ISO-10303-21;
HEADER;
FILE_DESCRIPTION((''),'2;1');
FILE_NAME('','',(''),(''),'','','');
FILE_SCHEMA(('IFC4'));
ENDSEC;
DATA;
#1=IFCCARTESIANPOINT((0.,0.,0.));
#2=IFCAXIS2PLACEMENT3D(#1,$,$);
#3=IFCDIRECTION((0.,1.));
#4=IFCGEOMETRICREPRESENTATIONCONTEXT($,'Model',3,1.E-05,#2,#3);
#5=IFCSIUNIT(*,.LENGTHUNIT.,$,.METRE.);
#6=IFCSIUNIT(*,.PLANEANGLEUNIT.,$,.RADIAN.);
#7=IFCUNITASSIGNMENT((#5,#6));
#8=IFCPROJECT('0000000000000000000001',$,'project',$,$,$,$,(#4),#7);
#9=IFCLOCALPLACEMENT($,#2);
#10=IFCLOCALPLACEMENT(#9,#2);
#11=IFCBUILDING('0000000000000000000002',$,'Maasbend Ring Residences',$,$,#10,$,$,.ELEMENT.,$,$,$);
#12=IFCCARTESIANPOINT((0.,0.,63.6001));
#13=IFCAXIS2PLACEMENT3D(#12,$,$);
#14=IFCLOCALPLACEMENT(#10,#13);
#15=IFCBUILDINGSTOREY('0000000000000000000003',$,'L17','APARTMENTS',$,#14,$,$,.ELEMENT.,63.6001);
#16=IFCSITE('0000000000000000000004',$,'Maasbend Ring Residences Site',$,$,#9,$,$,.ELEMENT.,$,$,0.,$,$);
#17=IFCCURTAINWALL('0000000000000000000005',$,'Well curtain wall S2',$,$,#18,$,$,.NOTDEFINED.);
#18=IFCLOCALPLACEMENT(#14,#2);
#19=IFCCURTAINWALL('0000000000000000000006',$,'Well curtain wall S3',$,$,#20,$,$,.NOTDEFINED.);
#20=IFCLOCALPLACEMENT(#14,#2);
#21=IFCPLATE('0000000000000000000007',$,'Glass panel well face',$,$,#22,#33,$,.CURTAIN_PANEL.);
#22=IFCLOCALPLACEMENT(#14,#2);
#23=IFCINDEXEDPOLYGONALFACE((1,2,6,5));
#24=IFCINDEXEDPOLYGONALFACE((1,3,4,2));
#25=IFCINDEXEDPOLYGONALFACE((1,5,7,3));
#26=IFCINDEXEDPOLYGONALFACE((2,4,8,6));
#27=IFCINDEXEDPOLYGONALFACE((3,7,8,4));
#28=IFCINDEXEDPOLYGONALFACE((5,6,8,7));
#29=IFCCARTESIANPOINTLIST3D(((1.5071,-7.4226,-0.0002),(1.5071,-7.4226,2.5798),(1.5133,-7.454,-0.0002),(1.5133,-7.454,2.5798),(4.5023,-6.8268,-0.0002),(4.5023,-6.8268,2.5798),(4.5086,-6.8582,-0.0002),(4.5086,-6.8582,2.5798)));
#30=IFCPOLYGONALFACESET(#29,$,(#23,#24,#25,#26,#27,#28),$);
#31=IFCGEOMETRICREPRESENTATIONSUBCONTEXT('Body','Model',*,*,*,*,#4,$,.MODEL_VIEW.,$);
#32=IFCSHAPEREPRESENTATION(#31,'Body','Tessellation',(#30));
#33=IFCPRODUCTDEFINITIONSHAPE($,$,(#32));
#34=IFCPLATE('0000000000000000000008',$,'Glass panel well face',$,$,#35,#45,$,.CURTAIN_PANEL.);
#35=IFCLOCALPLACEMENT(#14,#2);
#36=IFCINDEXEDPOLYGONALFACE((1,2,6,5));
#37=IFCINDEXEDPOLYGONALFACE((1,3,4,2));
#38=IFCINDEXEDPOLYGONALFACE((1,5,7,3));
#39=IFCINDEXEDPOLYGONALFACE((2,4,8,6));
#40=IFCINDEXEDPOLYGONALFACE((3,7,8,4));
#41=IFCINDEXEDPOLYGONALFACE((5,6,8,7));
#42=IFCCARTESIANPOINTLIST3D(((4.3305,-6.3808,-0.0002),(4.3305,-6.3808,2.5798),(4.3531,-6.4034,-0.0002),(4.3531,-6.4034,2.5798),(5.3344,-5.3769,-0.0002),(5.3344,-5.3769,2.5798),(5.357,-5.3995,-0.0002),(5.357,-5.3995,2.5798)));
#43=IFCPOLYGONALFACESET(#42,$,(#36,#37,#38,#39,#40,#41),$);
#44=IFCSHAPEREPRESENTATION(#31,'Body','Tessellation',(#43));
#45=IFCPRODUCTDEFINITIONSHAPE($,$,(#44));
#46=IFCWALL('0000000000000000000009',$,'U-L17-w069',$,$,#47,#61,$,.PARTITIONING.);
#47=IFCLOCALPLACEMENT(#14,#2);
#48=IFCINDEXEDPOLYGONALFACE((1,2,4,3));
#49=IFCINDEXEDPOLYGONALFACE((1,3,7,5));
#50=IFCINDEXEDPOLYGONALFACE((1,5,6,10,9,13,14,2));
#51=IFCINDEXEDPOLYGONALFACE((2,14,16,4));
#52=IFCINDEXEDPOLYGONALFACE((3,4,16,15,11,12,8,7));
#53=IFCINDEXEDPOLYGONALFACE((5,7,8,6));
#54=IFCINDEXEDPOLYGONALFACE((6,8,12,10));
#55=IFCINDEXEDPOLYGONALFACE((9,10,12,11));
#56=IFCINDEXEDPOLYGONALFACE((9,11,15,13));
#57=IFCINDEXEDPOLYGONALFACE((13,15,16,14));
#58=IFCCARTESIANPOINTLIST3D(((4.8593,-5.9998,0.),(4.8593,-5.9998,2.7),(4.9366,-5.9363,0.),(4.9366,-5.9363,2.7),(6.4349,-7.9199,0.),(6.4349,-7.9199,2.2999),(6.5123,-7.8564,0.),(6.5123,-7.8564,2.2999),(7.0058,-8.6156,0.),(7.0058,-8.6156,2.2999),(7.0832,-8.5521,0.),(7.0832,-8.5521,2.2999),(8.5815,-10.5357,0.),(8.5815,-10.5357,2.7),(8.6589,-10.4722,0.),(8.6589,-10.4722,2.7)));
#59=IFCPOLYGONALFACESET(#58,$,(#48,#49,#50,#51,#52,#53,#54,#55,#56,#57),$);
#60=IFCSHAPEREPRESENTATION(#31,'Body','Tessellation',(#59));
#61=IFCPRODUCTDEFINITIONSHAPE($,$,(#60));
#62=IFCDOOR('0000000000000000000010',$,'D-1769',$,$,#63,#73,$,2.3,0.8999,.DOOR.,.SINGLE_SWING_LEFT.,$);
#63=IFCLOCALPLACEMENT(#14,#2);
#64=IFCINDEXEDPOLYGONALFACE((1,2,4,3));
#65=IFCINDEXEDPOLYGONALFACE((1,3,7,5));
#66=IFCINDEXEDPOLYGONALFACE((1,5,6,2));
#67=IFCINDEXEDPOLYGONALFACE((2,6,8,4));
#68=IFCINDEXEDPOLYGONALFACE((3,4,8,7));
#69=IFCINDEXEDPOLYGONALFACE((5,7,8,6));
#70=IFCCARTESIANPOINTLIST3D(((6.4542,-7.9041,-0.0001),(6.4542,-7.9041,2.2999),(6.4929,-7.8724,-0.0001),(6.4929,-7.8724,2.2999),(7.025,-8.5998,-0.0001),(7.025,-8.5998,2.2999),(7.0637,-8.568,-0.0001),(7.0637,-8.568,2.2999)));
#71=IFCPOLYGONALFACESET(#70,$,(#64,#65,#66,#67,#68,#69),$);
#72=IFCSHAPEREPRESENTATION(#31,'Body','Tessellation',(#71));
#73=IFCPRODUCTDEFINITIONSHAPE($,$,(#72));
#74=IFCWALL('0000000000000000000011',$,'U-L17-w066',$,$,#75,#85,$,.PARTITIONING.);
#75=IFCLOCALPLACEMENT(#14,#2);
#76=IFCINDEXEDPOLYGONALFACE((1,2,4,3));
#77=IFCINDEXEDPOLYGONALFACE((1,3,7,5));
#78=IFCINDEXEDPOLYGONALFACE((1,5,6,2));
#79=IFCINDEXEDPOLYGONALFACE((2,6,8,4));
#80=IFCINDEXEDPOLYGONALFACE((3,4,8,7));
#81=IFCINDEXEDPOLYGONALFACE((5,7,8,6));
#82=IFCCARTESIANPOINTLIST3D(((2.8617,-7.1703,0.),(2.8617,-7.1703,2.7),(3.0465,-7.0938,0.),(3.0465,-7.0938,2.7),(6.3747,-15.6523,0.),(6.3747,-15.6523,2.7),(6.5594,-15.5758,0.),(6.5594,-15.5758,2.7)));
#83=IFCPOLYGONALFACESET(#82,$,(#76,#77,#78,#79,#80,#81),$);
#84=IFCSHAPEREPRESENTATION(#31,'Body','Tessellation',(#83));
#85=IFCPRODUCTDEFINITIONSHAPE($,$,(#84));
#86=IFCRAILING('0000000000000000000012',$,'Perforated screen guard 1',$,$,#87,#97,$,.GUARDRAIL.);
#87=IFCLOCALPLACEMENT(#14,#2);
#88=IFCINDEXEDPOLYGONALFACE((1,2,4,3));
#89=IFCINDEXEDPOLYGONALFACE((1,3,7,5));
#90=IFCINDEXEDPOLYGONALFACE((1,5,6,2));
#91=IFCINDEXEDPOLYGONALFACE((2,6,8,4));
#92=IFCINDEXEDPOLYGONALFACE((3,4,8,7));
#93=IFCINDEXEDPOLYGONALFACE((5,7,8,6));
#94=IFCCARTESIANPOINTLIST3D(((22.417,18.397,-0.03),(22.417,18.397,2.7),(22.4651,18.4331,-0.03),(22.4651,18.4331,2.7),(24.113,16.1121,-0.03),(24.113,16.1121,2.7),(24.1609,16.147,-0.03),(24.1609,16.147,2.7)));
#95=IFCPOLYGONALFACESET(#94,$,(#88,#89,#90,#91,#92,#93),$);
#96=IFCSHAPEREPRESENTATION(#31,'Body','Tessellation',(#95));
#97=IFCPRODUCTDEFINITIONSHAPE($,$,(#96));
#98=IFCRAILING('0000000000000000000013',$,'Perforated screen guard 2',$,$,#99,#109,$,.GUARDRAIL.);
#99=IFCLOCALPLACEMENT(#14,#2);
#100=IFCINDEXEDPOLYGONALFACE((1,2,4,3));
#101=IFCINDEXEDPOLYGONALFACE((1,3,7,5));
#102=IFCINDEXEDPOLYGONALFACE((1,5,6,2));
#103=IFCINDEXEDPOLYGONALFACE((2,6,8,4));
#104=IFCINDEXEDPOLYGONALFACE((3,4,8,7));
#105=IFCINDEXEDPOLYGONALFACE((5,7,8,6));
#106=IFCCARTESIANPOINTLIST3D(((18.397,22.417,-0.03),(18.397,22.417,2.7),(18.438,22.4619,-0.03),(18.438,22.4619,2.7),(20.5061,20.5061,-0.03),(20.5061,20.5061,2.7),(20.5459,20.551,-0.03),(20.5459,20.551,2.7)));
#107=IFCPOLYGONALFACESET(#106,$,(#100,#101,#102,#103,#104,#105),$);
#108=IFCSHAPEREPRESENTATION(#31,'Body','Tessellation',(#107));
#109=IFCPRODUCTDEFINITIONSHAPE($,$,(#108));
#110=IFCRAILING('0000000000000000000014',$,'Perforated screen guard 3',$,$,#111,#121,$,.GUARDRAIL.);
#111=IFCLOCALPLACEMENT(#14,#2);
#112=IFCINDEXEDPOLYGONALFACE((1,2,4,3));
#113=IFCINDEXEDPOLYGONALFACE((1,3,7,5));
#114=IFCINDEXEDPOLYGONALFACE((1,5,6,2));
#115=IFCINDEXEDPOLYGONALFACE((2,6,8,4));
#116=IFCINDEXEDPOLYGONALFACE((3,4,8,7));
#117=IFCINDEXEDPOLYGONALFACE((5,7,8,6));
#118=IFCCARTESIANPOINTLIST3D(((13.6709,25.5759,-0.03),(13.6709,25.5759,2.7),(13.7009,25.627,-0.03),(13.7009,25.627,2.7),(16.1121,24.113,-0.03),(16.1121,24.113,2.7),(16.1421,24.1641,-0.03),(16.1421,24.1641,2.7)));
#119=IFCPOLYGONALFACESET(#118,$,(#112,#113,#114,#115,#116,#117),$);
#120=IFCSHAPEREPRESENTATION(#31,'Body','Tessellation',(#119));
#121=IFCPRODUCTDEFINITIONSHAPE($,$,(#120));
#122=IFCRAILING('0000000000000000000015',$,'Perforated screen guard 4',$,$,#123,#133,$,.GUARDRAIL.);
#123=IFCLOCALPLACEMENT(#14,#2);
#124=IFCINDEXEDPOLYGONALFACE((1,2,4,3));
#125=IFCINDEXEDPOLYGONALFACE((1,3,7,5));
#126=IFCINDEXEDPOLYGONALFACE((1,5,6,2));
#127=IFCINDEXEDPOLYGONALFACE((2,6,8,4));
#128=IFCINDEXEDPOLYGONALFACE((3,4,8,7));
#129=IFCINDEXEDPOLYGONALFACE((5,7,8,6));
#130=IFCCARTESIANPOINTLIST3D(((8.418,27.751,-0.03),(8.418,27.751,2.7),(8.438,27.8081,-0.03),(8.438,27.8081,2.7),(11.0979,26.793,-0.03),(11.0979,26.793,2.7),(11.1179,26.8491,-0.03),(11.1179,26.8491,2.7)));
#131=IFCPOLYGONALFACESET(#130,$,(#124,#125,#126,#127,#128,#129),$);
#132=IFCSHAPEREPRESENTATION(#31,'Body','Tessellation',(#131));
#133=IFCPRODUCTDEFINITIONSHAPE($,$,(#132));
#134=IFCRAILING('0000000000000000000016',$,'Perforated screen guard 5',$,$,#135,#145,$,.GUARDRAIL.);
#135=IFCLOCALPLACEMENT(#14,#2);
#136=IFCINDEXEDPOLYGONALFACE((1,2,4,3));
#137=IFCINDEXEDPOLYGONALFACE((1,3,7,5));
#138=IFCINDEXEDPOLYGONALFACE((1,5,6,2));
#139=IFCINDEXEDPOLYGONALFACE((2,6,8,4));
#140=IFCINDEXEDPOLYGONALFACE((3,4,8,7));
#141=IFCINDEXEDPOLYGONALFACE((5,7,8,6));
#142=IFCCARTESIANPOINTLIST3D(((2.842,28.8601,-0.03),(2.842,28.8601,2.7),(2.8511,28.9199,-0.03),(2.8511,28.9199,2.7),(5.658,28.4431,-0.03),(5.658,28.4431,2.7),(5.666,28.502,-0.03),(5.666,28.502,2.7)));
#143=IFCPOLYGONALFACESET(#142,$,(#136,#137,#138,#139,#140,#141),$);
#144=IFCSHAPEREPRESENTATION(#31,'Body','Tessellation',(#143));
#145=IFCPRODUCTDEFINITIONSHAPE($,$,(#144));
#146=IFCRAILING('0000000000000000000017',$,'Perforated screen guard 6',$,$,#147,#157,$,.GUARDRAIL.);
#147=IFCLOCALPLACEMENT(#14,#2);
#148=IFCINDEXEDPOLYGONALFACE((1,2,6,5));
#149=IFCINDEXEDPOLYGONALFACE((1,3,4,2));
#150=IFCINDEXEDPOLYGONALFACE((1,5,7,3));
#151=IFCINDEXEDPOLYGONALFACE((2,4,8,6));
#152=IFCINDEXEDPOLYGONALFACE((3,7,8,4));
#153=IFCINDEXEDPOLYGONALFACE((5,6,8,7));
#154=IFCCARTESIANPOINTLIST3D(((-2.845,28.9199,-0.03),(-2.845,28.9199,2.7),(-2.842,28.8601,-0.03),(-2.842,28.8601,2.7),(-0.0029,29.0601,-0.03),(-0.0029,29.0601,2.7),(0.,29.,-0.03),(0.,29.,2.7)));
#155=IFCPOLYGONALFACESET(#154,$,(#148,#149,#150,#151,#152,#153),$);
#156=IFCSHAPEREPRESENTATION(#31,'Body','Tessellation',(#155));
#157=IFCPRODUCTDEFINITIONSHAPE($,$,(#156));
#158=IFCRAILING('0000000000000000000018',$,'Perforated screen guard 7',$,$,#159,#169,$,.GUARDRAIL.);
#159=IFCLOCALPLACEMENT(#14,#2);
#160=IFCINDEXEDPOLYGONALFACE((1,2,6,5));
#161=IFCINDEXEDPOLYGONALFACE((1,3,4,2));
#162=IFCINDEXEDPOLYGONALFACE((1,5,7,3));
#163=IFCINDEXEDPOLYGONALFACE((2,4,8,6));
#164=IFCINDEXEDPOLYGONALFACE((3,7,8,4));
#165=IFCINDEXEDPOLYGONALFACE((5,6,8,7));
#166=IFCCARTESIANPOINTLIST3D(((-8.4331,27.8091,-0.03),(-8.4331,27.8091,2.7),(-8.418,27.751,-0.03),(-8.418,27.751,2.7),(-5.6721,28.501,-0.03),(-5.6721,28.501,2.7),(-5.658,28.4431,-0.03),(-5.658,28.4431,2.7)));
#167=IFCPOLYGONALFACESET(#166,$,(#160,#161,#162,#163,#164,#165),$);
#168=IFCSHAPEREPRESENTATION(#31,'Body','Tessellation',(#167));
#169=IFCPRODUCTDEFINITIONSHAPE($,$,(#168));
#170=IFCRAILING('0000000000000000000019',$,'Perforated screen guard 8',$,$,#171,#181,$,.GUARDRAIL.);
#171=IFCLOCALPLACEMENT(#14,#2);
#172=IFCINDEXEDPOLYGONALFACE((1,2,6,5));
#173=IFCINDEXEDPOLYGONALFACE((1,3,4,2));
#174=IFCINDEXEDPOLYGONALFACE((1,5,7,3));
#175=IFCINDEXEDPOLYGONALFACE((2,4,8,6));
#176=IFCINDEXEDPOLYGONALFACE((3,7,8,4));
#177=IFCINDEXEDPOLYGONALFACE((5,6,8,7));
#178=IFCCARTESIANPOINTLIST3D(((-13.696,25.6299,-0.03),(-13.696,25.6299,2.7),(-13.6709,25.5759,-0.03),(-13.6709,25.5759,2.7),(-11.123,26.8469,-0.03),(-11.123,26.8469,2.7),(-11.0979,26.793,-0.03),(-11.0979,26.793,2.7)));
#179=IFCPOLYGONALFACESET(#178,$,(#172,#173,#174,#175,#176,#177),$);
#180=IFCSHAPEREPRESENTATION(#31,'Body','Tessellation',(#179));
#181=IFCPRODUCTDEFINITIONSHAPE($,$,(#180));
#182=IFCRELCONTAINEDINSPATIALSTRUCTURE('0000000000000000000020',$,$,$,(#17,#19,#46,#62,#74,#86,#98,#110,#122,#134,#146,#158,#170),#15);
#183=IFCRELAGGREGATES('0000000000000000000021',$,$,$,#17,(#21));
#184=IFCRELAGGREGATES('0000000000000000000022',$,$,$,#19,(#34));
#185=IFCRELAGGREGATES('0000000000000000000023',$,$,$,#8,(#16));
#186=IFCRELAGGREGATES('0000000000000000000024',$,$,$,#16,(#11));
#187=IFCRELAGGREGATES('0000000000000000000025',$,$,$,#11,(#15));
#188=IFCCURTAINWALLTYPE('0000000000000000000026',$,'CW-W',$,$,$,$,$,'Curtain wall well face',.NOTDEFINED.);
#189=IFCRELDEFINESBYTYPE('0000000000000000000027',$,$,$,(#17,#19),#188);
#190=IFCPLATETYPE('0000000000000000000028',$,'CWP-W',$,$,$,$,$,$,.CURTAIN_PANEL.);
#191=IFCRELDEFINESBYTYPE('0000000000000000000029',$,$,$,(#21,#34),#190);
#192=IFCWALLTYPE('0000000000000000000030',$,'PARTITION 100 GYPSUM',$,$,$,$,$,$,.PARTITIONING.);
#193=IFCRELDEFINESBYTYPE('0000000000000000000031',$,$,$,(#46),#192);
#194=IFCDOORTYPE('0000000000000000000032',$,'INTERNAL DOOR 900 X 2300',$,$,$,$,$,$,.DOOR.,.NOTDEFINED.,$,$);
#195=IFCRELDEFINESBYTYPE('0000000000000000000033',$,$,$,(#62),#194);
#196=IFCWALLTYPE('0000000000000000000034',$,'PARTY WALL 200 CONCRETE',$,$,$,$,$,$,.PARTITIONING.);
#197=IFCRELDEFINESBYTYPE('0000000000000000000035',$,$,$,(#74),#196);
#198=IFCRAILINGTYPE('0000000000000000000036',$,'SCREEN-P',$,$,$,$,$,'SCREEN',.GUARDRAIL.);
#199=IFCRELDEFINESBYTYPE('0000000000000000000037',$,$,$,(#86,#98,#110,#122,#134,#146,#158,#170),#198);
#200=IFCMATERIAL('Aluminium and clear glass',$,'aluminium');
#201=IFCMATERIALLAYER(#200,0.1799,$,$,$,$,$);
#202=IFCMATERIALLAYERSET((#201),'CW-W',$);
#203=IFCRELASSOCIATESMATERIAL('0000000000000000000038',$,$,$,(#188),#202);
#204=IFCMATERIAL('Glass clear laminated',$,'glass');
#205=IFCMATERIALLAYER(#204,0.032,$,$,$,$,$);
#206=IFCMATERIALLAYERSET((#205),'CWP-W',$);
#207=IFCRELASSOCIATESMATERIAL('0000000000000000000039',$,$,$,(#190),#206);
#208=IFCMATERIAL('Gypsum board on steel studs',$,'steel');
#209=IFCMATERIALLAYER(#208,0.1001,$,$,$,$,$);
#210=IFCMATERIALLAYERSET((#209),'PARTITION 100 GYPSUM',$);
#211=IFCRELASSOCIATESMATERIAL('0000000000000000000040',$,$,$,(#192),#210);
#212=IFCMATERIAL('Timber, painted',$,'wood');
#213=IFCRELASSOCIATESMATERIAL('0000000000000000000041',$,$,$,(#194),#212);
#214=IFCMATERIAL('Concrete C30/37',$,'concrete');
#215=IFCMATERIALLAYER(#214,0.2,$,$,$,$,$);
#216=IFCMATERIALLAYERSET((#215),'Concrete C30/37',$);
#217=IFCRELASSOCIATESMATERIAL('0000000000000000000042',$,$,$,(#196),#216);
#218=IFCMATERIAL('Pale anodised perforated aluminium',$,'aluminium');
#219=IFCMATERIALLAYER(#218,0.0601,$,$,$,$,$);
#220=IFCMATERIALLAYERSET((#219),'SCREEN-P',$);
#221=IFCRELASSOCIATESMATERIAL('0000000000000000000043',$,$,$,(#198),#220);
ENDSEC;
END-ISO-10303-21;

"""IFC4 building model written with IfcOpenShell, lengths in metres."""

from ifc_helpers import new_model, si_unit, direction, frame, frame_2d, origin, origin_2d, place, context, subcontext, project, spatial, polyline, rectangle, outline, extrude, material, layer, layer_set, type_object, element, fill, aggregate, save


model = new_model("IFC4")

# Units and contexts
model_context = context("Model", 3, precision=1e-05, world=origin(), true_north=direction((0.0, 1.0)))
body_context = subcontext(model_context, "Body", "Model", "MODEL_VIEW")
ifc_project = project(units=[si_unit("LENGTHUNIT", "METRE"), si_unit("PLANEANGLEUNIT", "RADIAN")], contexts=[model_context])

# Site, building, storey
site_placement = place(None, origin())
site = spatial("IfcSite", under=ifc_project, at=site_placement, Name="Maasbend Ring Residences Site", CompositionType="ELEMENT", RefElevation=0.0)
building_placement = place(site_placement, origin())
building = spatial("IfcBuilding", under=site, at=building_placement, Name="Maasbend Ring Residences", CompositionType="ELEMENT")
storey_placement = place(building_placement, frame((0.0, 0.0, 63.6001)))
storey = spatial("IfcBuildingStorey", under=building, at=storey_placement, Name="L17", Description="APARTMENTS", CompositionType="ELEMENT", Elevation=63.6001)

# Curtain walls
ifc_material_1 = material(Name="Aluminium and clear glass", Category="aluminium")
ifc_layer_1 = layer(ifc_material_1, 0.1799)
ifc_layer_set_1 = layer_set([ifc_layer_1], Name="CW-W")
curtain_wall_type = type_object("IfcCurtainWallType", Name="CW-W", ElementType="Curtain wall well face", PredefinedType="NOTDEFINED", material=ifc_layer_set_1)
curtain_wall_1_placement = place(storey_placement, origin())
curtain_wall_1 = element("IfcCurtainWall", 1, at=curtain_wall_1_placement, inside=storey, type_object=curtain_wall_type, Name="Well curtain wall S2", PredefinedType="NOTDEFINED")
curtain_wall_2_placement = place(storey_placement, origin())
curtain_wall_2 = element("IfcCurtainWall", 2, at=curtain_wall_2_placement, inside=storey, type_object=curtain_wall_type, Name="Well curtain wall S3", PredefinedType="NOTDEFINED")

# Plates
ifc_material_2 = material(Name="Glass clear laminated", Category="glass")
ifc_layer_2 = layer(ifc_material_2, 0.032)
ifc_layer_set_2 = layer_set([ifc_layer_2], Name="CWP-W")
plate_type = type_object("IfcPlateType", Name="CWP-W", PredefinedType="CURTAIN_PANEL", material=ifc_layer_set_2)
plate_1_placement = place(storey_placement, frame((3.0078, -7.1404, -0.0002), z_axis=(0.0, 0.0, 1.0), x_axis=(0.980785, 0.19509, 0.0)))
plate_1 = element("IfcPlate", 3, at=plate_1_placement, type_object=plate_type, Name="Glass panel well face", PredefinedType="CURTAIN_PANEL", context=body_context, shape_type="SweptSolid", body=[
    extrude(rectangle(XDim=3.054, YDim=0.032, at=origin_2d()), origin(), (0.0, 0.0, 1.0), 2.5801),
])
aggregate(curtain_wall_1, [plate_1])
plate_2_placement = place(storey_placement, frame((4.8438, -5.8901, -0.0002), z_axis=(0.0, 0.0, 1.0), x_axis=(0.707107, 0.707107, 0.0)))
plate_2 = element("IfcPlate", 4, at=plate_2_placement, type_object=plate_type, Name="Glass panel well face", PredefinedType="CURTAIN_PANEL", context=body_context, shape_type="SweptSolid", body=[
    extrude(rectangle(XDim=1.4197, YDim=0.032, at=origin_2d()), origin(), (0.0, 0.0, 1.0), 2.5801),
])
aggregate(curtain_wall_2, [plate_2])

# Wall, opening, door
ifc_material_3 = material(Name="Gypsum board on steel studs", Category="steel")
ifc_layer_3 = layer(ifc_material_3, 0.1001)
ifc_layer_set_3 = layer_set([ifc_layer_3], Name="PARTITION 100 GYPSUM")
wall_type_1 = type_object("IfcWallType", Name="PARTITION 100 GYPSUM", PredefinedType="PARTITIONING", material=ifc_layer_set_3)
wall_1_placement = place(storey_placement, frame((4.8979, -5.968, 0.0), z_axis=(0.0, 0.0, 1.0), x_axis=(0.634359, -0.773039, 0.0)))
wall_1 = element("IfcWall", 5, at=wall_1_placement, inside=storey, type_object=wall_type_1, Name="U-L17-w069", PredefinedType="PARTITIONING", context=body_context, shape_type="SweptSolid", body=[
    extrude(rectangle(XDim=5.8677, YDim=0.1001, at=frame_2d((2.9338, 0.0))), origin(), (0.0, 0.0, 1.0), 2.7),
])
opening_placement = place(wall_1_placement, frame((2.4839, 0.0, 0.0)))
opening = element("IfcOpeningElement", 6, at=opening_placement, cuts=wall_1, PredefinedType="OPENING", context=body_context, shape_type="SweptSolid", body=[
    extrude(rectangle(XDim=0.8999, YDim=2.3, at=frame_2d((0.45, 1.1499))), frame((0.0, 0.0601, 0.0), z_axis=(0.0, -1.0, 0.0), x_axis=(1.0, 0.0, 0.0)), (0.0, 0.0, 1.0), 0.1201),
])
ifc_material_4 = material(Name="Timber, painted", Category="wood")
door_type = type_object("IfcDoorType", Name="INTERNAL DOOR 900 X 2300", OperationType="NOTDEFINED", PredefinedType="DOOR", material=ifc_material_4)
door_placement = place(opening_placement, origin())
door = element("IfcDoor", 7, at=door_placement, inside=storey, type_object=door_type, Name="D-1769", OperationType="SINGLE_SWING_LEFT", OverallHeight=2.3, OverallWidth=0.8999, PredefinedType="DOOR", context=body_context, shape_type="SweptSolid", body=[
    extrude(rectangle(XDim=0.8999, YDim=2.3, at=frame_2d((0.45, 1.1499))), frame((0.0, 0.0249, 0.0), z_axis=(0.0, -1.0, 0.0), x_axis=(1.0, 0.0, 0.0)), (0.0, 0.0, 1.0), 0.05),
])
fill(opening, door)

# Wall
ifc_material_5 = material(Name="Concrete C30/37", Category="concrete")
ifc_layer_4 = layer(ifc_material_5, 0.2)
ifc_layer_set_4 = layer_set([ifc_layer_4], Name="Concrete C30/37")
wall_type_2 = type_object("IfcWallType", Name="PARTY WALL 200 CONCRETE", PredefinedType="PARTITIONING", material=ifc_layer_set_4)
wall_2_placement = place(storey_placement, frame((2.9541, -7.1321, 0.0), z_axis=(0.0, 0.0, 1.0), x_axis=(0.382647, -0.923895, 0.0)))
element("IfcWall", 8, at=wall_2_placement, inside=storey, type_object=wall_type_2, Name="U-L17-w066", PredefinedType="PARTITIONING", context=body_context, shape_type="SweptSolid", body=[
    extrude(rectangle(XDim=9.1807, YDim=0.2, at=frame_2d((4.5903, 0.0))), origin(), (0.0, 0.0, 1.0), 2.7),
])

# Railings
ifc_material_6 = material(Name="Pale anodised perforated aluminium", Category="aluminium")
ifc_layer_5 = layer(ifc_material_6, 0.0601)
ifc_layer_set_5 = layer_set([ifc_layer_5], Name="SCREEN-P")
railing_type = type_object("IfcRailingType", Name="SCREEN-P", ElementType="SCREEN", PredefinedType="GUARDRAIL", material=ifc_layer_set_5)
railing_1_placement = place(storey_placement, frame((0.0, 0.0, -0.03)))
element("IfcRailing", 9, at=railing_1_placement, inside=storey, type_object=railing_type, Name="Perforated screen guard 1", PredefinedType="GUARDRAIL", context=body_context, shape_type="SweptSolid", body=[
    extrude(outline(polyline([(24.113, 16.1121), (22.417, 18.397), (22.4651, 18.4331), (24.1609, 16.147), (24.113, 16.1121)])), origin(), (0.0, 0.0, 1.0), 2.73),
])
railing_2_placement = place(storey_placement, frame((0.0, 0.0, -0.03)))
element("IfcRailing", 10, at=railing_2_placement, inside=storey, type_object=railing_type, Name="Perforated screen guard 2", PredefinedType="GUARDRAIL", context=body_context, shape_type="SweptSolid", body=[
    extrude(outline(polyline([(20.5061, 20.5061), (18.397, 22.417), (18.438, 22.4619), (20.5459, 20.551), (20.5061, 20.5061)])), origin(), (0.0, 0.0, 1.0), 2.73),
])
railing_3_placement = place(storey_placement, frame((0.0, 0.0, -0.03)))
element("IfcRailing", 11, at=railing_3_placement, inside=storey, type_object=railing_type, Name="Perforated screen guard 3", PredefinedType="GUARDRAIL", context=body_context, shape_type="SweptSolid", body=[
    extrude(outline(polyline([(16.1121, 24.113), (13.6709, 25.5759), (13.7009, 25.627), (16.1421, 24.1641), (16.1121, 24.113)])), origin(), (0.0, 0.0, 1.0), 2.73),
])
railing_4_placement = place(storey_placement, frame((0.0, 0.0, -0.03)))
element("IfcRailing", 12, at=railing_4_placement, inside=storey, type_object=railing_type, Name="Perforated screen guard 4", PredefinedType="GUARDRAIL", context=body_context, shape_type="SweptSolid", body=[
    extrude(outline(polyline([(11.0979, 26.793), (8.418, 27.751), (8.438, 27.8081), (11.1179, 26.8491), (11.0979, 26.793)])), origin(), (0.0, 0.0, 1.0), 2.73),
])
railing_5_placement = place(storey_placement, frame((0.0, 0.0, -0.03)))
element("IfcRailing", 13, at=railing_5_placement, inside=storey, type_object=railing_type, Name="Perforated screen guard 5", PredefinedType="GUARDRAIL", context=body_context, shape_type="SweptSolid", body=[
    extrude(outline(polyline([(5.658, 28.4431), (2.842, 28.8601), (2.8511, 28.9199), (5.666, 28.502), (5.658, 28.4431)])), origin(), (0.0, 0.0, 1.0), 2.73),
])
railing_6_placement = place(storey_placement, frame((0.0, 0.0, -0.03)))
element("IfcRailing", 14, at=railing_6_placement, inside=storey, type_object=railing_type, Name="Perforated screen guard 6", PredefinedType="GUARDRAIL", context=body_context, shape_type="SweptSolid", body=[
    extrude(outline(polyline([(0.0, 29.0), (-2.842, 28.8601), (-2.845, 28.9199), (-0.0029, 29.0601), (0.0, 29.0)])), origin(), (0.0, 0.0, 1.0), 2.73),
])
railing_7_placement = place(storey_placement, frame((0.0, 0.0, -0.03)))
element("IfcRailing", 15, at=railing_7_placement, inside=storey, type_object=railing_type, Name="Perforated screen guard 7", PredefinedType="GUARDRAIL", context=body_context, shape_type="SweptSolid", body=[
    extrude(outline(polyline([(-5.658, 28.4431), (-8.418, 27.751), (-8.4331, 27.8091), (-5.6721, 28.501), (-5.658, 28.4431)])), origin(), (0.0, 0.0, 1.0), 2.73),
])
railing_8_placement = place(storey_placement, frame((0.0, 0.0, -0.03)))
element("IfcRailing", 16, at=railing_8_placement, inside=storey, type_object=railing_type, Name="Perforated screen guard 8", PredefinedType="GUARDRAIL", context=body_context, shape_type="SweptSolid", body=[
    extrude(outline(polyline([(-11.0979, 26.793), (-13.6709, 25.5759), (-13.696, 25.6299), (-11.123, 26.8469), (-11.0979, 26.793)])), origin(), (0.0, 0.0, 1.0), 2.73),
])

save(model, "model.ifc")
